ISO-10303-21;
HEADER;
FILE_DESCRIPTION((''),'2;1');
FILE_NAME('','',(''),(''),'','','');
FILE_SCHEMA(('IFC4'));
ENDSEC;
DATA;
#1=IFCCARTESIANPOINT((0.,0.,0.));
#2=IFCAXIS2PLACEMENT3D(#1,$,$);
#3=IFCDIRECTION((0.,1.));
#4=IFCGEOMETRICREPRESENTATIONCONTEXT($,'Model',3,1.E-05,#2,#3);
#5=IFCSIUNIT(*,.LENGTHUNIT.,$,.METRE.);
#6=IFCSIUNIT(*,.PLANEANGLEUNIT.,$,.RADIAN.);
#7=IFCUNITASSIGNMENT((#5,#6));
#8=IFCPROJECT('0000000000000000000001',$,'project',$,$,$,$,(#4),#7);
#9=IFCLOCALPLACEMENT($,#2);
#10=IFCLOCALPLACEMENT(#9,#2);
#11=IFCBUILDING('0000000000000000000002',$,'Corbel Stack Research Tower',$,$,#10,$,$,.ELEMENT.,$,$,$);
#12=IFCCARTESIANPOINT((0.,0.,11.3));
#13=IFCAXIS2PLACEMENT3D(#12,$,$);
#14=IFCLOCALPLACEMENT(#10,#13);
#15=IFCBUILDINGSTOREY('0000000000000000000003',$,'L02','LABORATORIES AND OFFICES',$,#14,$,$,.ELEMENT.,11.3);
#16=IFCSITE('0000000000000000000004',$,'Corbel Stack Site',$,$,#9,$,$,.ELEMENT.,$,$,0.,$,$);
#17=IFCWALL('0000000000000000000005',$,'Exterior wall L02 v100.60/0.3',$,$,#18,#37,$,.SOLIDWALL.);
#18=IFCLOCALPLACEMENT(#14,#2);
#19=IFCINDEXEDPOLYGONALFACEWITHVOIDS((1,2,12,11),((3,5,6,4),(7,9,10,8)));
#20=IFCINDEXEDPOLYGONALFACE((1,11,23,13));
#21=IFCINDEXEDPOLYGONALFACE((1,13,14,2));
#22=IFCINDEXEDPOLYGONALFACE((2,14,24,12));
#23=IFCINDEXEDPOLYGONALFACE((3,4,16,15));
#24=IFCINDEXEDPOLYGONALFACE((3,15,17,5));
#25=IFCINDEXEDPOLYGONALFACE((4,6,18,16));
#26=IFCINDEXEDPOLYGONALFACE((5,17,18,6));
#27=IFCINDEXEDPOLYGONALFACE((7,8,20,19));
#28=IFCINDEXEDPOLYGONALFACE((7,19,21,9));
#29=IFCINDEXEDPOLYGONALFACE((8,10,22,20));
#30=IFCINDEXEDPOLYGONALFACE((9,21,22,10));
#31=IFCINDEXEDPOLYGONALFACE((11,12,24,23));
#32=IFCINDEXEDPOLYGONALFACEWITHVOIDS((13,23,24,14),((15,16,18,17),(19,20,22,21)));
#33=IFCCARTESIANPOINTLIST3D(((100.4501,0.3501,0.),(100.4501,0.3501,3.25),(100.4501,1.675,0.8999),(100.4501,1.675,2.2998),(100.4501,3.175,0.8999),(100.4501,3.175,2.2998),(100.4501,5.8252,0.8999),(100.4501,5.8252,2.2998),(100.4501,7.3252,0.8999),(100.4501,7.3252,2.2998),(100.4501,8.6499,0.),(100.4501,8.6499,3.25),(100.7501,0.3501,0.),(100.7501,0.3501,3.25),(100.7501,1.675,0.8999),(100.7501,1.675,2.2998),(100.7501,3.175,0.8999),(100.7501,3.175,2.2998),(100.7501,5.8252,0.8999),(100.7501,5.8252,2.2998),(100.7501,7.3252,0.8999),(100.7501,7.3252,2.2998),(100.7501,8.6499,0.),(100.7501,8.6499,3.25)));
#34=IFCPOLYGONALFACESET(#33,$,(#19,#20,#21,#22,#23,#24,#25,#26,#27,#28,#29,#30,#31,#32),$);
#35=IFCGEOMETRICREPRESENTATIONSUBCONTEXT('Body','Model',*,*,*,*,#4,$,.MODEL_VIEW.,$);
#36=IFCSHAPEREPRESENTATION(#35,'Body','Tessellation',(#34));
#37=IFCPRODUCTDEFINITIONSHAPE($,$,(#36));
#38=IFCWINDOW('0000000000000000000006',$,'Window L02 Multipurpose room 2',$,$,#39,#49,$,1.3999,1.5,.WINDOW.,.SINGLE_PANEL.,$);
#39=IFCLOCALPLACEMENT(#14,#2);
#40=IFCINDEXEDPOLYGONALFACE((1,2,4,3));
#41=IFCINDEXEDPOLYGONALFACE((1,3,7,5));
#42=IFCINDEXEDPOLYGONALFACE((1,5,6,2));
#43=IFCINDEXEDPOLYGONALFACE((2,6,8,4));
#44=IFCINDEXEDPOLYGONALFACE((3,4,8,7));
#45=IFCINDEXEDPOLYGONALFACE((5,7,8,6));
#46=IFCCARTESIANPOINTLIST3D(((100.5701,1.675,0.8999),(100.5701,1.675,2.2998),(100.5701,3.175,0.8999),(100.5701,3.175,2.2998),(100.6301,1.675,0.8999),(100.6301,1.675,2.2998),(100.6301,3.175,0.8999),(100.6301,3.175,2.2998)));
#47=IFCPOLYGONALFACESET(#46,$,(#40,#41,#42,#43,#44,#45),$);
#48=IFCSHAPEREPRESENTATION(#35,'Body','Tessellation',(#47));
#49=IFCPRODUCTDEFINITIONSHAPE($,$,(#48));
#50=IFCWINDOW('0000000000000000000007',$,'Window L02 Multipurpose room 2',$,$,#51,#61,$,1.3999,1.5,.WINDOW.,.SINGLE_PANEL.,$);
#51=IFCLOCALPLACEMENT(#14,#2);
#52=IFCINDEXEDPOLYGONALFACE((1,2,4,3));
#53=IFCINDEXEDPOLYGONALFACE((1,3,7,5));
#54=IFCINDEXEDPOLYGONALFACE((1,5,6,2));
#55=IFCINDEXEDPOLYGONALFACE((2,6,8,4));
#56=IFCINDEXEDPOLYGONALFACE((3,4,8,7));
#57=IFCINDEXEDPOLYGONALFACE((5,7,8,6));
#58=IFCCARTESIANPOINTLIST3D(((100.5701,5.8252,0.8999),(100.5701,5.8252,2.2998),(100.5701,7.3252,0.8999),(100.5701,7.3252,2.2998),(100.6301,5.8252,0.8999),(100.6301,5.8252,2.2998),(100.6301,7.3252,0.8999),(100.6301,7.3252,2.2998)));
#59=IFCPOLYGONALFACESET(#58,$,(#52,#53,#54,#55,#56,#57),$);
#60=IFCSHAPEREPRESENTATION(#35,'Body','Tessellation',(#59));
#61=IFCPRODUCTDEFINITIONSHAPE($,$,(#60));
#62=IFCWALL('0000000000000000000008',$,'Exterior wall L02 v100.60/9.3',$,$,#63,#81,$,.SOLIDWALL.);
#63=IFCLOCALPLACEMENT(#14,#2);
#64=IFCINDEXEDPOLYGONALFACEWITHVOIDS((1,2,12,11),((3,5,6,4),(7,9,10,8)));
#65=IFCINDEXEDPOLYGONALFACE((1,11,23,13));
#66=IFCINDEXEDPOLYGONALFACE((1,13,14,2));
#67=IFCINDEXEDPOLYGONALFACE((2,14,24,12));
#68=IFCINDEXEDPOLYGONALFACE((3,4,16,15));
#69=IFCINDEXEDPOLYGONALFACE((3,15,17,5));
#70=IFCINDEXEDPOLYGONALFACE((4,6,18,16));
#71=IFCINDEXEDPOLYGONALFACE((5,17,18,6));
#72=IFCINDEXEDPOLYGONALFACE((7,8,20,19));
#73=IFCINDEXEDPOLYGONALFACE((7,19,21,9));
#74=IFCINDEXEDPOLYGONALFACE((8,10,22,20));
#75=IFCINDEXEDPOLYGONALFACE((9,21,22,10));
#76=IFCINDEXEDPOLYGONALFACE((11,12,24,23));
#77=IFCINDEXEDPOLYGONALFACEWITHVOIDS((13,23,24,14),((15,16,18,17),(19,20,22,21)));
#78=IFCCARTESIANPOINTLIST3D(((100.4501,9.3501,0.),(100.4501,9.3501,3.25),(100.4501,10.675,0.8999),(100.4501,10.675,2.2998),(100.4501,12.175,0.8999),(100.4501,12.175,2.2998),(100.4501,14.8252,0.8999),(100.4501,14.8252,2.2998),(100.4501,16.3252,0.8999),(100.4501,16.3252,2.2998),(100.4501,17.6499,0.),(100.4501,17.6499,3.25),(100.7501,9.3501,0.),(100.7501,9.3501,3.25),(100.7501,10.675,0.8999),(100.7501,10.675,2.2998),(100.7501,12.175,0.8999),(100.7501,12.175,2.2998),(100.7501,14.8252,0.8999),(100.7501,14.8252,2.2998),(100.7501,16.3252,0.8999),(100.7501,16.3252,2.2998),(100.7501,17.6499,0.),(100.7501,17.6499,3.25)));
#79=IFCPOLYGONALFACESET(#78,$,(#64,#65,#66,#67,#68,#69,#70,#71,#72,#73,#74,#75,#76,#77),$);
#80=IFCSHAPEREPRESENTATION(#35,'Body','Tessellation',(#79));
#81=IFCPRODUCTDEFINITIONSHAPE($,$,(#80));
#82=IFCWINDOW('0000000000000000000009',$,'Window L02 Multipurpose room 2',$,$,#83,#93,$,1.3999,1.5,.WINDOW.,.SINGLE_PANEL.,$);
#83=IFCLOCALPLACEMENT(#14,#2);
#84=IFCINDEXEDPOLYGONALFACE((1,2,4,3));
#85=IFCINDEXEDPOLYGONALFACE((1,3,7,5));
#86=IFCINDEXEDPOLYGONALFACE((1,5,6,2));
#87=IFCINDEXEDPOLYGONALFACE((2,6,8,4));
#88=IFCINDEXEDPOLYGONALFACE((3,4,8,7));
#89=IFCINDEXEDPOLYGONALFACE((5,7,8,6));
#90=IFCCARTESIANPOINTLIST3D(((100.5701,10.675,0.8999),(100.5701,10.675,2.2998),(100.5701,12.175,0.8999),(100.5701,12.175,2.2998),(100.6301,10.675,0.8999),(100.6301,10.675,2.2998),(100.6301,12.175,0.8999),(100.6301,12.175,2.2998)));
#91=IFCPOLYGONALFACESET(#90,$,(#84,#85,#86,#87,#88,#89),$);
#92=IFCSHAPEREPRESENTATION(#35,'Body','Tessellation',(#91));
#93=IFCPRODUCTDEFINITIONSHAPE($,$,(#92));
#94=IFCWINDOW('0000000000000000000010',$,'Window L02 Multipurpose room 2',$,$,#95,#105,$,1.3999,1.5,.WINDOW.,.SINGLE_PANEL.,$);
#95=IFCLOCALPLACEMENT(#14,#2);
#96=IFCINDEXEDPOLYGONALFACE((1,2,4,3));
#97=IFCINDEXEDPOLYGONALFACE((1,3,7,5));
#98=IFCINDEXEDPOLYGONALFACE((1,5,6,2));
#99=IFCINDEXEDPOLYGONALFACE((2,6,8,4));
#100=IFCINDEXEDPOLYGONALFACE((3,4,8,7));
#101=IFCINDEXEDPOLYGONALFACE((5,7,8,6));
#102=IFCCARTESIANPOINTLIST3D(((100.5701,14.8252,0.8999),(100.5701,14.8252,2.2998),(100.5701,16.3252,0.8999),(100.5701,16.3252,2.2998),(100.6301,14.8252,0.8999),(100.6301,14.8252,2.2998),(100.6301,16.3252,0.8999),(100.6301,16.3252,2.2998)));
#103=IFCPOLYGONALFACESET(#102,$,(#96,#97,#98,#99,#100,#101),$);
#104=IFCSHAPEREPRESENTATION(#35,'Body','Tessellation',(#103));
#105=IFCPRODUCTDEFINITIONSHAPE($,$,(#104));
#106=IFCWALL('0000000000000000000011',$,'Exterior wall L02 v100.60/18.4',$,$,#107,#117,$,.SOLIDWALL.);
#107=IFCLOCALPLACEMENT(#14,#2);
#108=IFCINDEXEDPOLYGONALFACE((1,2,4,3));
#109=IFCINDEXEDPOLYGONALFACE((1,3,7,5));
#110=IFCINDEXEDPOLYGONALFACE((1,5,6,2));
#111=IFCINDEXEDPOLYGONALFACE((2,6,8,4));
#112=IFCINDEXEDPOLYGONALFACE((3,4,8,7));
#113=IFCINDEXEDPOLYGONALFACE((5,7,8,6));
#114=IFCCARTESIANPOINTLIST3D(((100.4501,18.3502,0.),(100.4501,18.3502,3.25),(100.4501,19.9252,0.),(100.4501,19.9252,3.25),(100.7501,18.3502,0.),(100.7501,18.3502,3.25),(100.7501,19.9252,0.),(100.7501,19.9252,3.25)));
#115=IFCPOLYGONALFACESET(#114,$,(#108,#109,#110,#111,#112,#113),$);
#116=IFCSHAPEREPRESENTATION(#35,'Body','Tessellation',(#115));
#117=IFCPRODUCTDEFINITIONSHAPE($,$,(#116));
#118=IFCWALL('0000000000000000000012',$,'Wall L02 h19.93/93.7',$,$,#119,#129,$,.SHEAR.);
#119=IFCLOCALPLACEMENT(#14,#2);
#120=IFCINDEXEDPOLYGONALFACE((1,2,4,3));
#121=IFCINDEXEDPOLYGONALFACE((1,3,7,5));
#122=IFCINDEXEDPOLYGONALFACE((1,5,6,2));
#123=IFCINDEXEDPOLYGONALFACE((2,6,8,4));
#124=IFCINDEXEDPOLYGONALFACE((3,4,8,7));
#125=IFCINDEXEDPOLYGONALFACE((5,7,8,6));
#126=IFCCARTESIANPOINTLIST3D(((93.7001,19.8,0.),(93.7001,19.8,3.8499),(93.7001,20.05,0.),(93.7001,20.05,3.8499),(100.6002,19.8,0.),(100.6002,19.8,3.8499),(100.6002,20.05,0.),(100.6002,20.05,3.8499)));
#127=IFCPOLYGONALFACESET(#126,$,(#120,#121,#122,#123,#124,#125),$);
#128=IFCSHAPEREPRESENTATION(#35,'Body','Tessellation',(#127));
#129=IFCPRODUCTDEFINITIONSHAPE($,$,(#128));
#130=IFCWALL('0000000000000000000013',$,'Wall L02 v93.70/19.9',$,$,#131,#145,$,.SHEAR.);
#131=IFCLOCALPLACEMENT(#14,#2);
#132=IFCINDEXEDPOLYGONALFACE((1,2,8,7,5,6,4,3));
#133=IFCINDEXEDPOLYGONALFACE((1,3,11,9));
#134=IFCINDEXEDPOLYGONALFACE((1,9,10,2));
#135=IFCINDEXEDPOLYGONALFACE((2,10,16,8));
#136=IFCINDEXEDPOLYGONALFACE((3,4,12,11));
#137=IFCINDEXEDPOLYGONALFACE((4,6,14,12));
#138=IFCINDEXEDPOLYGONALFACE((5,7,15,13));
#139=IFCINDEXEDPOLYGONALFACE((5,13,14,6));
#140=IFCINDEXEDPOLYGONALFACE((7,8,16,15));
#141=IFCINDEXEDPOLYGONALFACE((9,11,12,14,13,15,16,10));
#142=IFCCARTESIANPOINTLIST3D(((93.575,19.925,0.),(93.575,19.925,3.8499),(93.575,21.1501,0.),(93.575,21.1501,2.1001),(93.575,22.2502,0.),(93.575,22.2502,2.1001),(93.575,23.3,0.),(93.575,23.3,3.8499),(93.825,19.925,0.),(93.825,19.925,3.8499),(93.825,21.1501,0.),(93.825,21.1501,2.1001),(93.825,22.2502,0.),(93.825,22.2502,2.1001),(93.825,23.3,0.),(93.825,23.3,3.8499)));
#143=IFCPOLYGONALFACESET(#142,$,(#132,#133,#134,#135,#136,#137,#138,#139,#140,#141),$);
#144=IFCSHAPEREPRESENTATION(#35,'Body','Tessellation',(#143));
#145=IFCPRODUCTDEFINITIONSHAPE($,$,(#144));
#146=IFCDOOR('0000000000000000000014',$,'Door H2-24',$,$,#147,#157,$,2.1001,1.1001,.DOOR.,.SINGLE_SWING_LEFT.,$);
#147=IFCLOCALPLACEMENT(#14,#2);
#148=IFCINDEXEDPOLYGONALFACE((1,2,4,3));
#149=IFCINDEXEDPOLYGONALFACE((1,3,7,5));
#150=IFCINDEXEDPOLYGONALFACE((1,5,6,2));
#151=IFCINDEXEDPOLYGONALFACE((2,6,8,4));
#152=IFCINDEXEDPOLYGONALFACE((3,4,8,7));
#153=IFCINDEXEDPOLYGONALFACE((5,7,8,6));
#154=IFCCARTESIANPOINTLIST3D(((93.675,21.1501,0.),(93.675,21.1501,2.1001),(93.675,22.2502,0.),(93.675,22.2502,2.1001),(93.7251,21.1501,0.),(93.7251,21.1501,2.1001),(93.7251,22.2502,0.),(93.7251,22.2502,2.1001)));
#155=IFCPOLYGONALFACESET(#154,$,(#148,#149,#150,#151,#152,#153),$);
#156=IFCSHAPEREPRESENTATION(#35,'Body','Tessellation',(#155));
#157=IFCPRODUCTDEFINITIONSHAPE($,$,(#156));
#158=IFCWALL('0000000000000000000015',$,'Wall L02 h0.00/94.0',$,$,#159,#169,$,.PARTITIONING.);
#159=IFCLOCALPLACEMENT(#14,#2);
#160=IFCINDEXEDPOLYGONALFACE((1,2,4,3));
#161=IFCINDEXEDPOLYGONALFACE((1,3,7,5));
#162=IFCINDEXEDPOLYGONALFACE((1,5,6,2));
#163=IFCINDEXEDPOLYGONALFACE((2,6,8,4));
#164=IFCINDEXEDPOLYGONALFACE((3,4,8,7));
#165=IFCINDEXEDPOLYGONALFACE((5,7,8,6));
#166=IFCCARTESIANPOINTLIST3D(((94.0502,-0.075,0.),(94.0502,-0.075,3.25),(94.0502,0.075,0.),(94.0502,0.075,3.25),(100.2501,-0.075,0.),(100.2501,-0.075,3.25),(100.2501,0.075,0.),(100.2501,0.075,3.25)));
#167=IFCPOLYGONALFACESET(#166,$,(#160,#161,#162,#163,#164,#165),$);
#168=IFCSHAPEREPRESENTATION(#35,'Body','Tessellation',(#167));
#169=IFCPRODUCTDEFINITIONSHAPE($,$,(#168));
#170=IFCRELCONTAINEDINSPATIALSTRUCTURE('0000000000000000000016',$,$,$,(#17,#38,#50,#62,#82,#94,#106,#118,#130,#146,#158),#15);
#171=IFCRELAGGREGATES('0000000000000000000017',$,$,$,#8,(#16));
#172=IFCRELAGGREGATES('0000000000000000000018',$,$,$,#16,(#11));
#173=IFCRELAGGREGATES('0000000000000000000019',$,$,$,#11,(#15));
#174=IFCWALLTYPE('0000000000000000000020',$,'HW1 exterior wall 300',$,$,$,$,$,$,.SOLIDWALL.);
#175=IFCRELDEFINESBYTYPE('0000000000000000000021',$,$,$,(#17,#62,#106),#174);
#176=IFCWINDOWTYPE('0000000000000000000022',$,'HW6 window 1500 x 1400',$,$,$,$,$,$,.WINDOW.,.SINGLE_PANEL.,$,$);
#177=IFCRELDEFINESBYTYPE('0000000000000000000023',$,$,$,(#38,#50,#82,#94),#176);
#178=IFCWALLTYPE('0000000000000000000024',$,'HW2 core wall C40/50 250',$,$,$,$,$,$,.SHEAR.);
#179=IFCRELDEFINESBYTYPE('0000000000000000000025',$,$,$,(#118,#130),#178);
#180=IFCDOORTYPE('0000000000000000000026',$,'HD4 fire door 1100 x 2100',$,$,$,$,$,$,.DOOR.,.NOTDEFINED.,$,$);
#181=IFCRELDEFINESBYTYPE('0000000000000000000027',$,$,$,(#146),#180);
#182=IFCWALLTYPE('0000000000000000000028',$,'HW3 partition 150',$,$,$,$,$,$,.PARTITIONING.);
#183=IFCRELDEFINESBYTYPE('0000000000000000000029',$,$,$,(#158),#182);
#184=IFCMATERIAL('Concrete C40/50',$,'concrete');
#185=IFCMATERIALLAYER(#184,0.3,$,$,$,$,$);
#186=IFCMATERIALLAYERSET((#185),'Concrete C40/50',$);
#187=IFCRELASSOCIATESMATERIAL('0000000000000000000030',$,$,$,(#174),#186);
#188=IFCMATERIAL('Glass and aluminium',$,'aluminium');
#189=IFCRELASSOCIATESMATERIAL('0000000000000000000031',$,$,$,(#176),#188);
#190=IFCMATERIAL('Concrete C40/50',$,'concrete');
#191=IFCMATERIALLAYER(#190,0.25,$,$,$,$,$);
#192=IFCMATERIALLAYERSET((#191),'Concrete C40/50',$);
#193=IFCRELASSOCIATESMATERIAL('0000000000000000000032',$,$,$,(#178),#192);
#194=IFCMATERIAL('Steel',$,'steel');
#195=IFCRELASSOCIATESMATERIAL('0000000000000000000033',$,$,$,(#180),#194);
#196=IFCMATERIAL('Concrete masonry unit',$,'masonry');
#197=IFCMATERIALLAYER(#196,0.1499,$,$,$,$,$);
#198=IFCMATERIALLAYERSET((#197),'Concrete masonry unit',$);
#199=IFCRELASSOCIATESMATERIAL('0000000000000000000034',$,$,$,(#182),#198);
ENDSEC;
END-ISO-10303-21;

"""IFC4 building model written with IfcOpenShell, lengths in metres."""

from ifc_helpers import new_model, si_unit, direction, frame, frame_2d, origin, place, context, subcontext, project, spatial, rectangle, extrude, material, layer, layer_set, type_object, element, fill, save


model = new_model("IFC4")

# Units and contexts
model_context = context("Model", 3, precision=1e-05, world=origin(), true_north=direction((0.0, 1.0)))
body_context = subcontext(model_context, "Body", "Model", "MODEL_VIEW")
ifc_project = project(units=[si_unit("LENGTHUNIT", "METRE"), si_unit("PLANEANGLEUNIT", "RADIAN")], contexts=[model_context])

# Site, building, storey
site_placement = place(None, origin())
site = spatial("IfcSite", under=ifc_project, at=site_placement, Name="Corbel Stack Site", CompositionType="ELEMENT", RefElevation=0.0)
building_placement = place(site_placement, origin())
building = spatial("IfcBuilding", under=site, at=building_placement, Name="Corbel Stack Research Tower", CompositionType="ELEMENT")
storey_placement = place(building_placement, frame((0.0, 0.0, 11.3)))
storey = spatial("IfcBuildingStorey", under=building, at=storey_placement, Name="L02", Description="LABORATORIES AND OFFICES", CompositionType="ELEMENT", Elevation=11.3)

# Walls, openings, windows
ifc_material_1 = material(Name="Concrete C40/50", Category="concrete")
ifc_layer_1 = layer(ifc_material_1, 0.3)
ifc_layer_set_1 = layer_set([ifc_layer_1], Name="Concrete C40/50")
wall_type_1 = type_object("IfcWallType", Name="HW1 exterior wall 300", PredefinedType="SOLIDWALL", material=ifc_layer_set_1)
wall_1_placement = place(storey_placement, frame((100.6001, 0.3501, 0.0), z_axis=(0.0, 0.0, 1.0), x_axis=(0.0, 1.0, 0.0)))
wall_1 = element("IfcWall", 1, at=wall_1_placement, inside=storey, type_object=wall_type_1, Name="Exterior wall L02 v100.60/0.3", PredefinedType="SOLIDWALL", context=body_context, shape_type="SweptSolid", body=[
    extrude(rectangle(XDim=8.2998, YDim=0.3, at=frame_2d((4.1499, 0.0))), origin(), (0.0, 0.0, 1.0), 3.25),
])
opening_1_placement = place(wall_1_placement, frame((1.325, 0.0, 0.8999)))
opening_1 = element("IfcOpeningElement", 2, at=opening_1_placement, cuts=wall_1, PredefinedType="OPENING", context=body_context, shape_type="SweptSolid", body=[
    extrude(rectangle(XDim=1.5, YDim=1.3999, at=frame_2d((0.75, 0.7))), frame((0.0, 0.1599, 0.0), z_axis=(0.0, -1.0, 0.0), x_axis=(1.0, 0.0, 0.0)), (0.0, 0.0, 1.0), 0.3201),
])
opening_2_placement = place(wall_1_placement, frame((5.4751, 0.0, 0.8999)))
opening_2 = element("IfcOpeningElement", 3, at=opening_2_placement, cuts=wall_1, PredefinedType="OPENING", context=body_context, shape_type="SweptSolid", body=[
    extrude(rectangle(XDim=1.5, YDim=1.3999, at=frame_2d((0.75, 0.7))), frame((0.0, 0.1599, 0.0), z_axis=(0.0, -1.0, 0.0), x_axis=(1.0, 0.0, 0.0)), (0.0, 0.0, 1.0), 0.3201),
])
ifc_material_2 = material(Name="Glass and aluminium", Category="aluminium")
window_type = type_object("IfcWindowType", Name="HW6 window 1500 x 1400", PartitioningType="SINGLE_PANEL", PredefinedType="WINDOW", material=ifc_material_2)
window_1_placement = place(opening_1_placement, origin())
window_1 = element("IfcWindow", 4, at=window_1_placement, inside=storey, type_object=window_type, Name="Window L02 Multipurpose room 2", OverallHeight=1.3999, OverallWidth=1.5, PartitioningType="SINGLE_PANEL", PredefinedType="WINDOW", context=body_context, shape_type="SweptSolid", body=[
    extrude(rectangle(XDim=1.5, YDim=1.3999, at=frame_2d((0.75, 0.7))), frame((0.0, 0.03, 0.0), z_axis=(0.0, -1.0, 0.0), x_axis=(1.0, 0.0, 0.0)), (0.0, 0.0, 1.0), 0.0601),
])
fill(opening_1, window_1)
window_2_placement = place(opening_2_placement, origin())
window_2 = element("IfcWindow", 5, at=window_2_placement, inside=storey, type_object=window_type, Name="Window L02 Multipurpose room 2", OverallHeight=1.3999, OverallWidth=1.5, PartitioningType="SINGLE_PANEL", PredefinedType="WINDOW", context=body_context, shape_type="SweptSolid", body=[
    extrude(rectangle(XDim=1.5, YDim=1.3999, at=frame_2d((0.75, 0.7))), frame((0.0, 0.03, 0.0), z_axis=(0.0, -1.0, 0.0), x_axis=(1.0, 0.0, 0.0)), (0.0, 0.0, 1.0), 0.0601),
])
fill(opening_2, window_2)
wall_2_placement = place(storey_placement, frame((100.6001, 9.3501, 0.0), z_axis=(0.0, 0.0, 1.0), x_axis=(0.0, 1.0, 0.0)))
wall_2 = element("IfcWall", 6, at=wall_2_placement, inside=storey, type_object=wall_type_1, Name="Exterior wall L02 v100.60/9.3", PredefinedType="SOLIDWALL", context=body_context, shape_type="SweptSolid", body=[
    extrude(rectangle(XDim=8.2998, YDim=0.3, at=frame_2d((4.1499, 0.0))), origin(), (0.0, 0.0, 1.0), 3.25),
])
opening_3_placement = place(wall_2_placement, frame((1.325, 0.0, 0.8999)))
opening_3 = element("IfcOpeningElement", 7, at=opening_3_placement, cuts=wall_2, PredefinedType="OPENING", context=body_context, shape_type="SweptSolid", body=[
    extrude(rectangle(XDim=1.5, YDim=1.3999, at=frame_2d((0.75, 0.7))), frame((0.0, 0.1599, 0.0), z_axis=(0.0, -1.0, 0.0), x_axis=(1.0, 0.0, 0.0)), (0.0, 0.0, 1.0), 0.3201),
])
opening_4_placement = place(wall_2_placement, frame((5.4751, 0.0, 0.8999)))
opening_4 = element("IfcOpeningElement", 8, at=opening_4_placement, cuts=wall_2, PredefinedType="OPENING", context=body_context, shape_type="SweptSolid", body=[
    extrude(rectangle(XDim=1.5, YDim=1.3999, at=frame_2d((0.75, 0.7))), frame((0.0, 0.1599, 0.0), z_axis=(0.0, -1.0, 0.0), x_axis=(1.0, 0.0, 0.0)), (0.0, 0.0, 1.0), 0.3201),
])
window_3_placement = place(opening_3_placement, origin())
window_3 = element("IfcWindow", 9, at=window_3_placement, inside=storey, type_object=window_type, Name="Window L02 Multipurpose room 2", OverallHeight=1.3999, OverallWidth=1.5, PartitioningType="SINGLE_PANEL", PredefinedType="WINDOW", context=body_context, shape_type="SweptSolid", body=[
    extrude(rectangle(XDim=1.5, YDim=1.3999, at=frame_2d((0.75, 0.7))), frame((0.0, 0.03, 0.0), z_axis=(0.0, -1.0, 0.0), x_axis=(1.0, 0.0, 0.0)), (0.0, 0.0, 1.0), 0.0601),
])
fill(opening_3, window_3)
window_4_placement = place(opening_4_placement, origin())
window_4 = element("IfcWindow", 10, at=window_4_placement, inside=storey, type_object=window_type, Name="Window L02 Multipurpose room 2", OverallHeight=1.3999, OverallWidth=1.5, PartitioningType="SINGLE_PANEL", PredefinedType="WINDOW", context=body_context, shape_type="SweptSolid", body=[
    extrude(rectangle(XDim=1.5, YDim=1.3999, at=frame_2d((0.75, 0.7))), frame((0.0, 0.03, 0.0), z_axis=(0.0, -1.0, 0.0), x_axis=(1.0, 0.0, 0.0)), (0.0, 0.0, 1.0), 0.0601),
])
fill(opening_4, window_4)

# Walls
wall_3_placement = place(storey_placement, frame((100.6001, 18.3501, 0.0), z_axis=(0.0, 0.0, 1.0), x_axis=(0.0, 1.0, 0.0)))
element("IfcWall", 11, at=wall_3_placement, inside=storey, type_object=wall_type_1, Name="Exterior wall L02 v100.60/18.4", PredefinedType="SOLIDWALL", context=body_context, shape_type="SweptSolid", body=[
    extrude(rectangle(XDim=1.575, YDim=0.3, at=frame_2d((0.7876, 0.0))), origin(), (0.0, 0.0, 1.0), 3.25),
])
ifc_material_3 = material(Name="Concrete C40/50", Category="concrete")
ifc_layer_2 = layer(ifc_material_3, 0.25)
ifc_layer_set_2 = layer_set([ifc_layer_2], Name="Concrete C40/50")
wall_type_2 = type_object("IfcWallType", Name="HW2 core wall C40/50 250", PredefinedType="SHEAR", material=ifc_layer_set_2)
wall_4_placement = place(storey_placement, frame((93.7, 19.925, 0.0), z_axis=(0.0, 0.0, 1.0), x_axis=(1.0, 0.0, 0.0)))
element("IfcWall", 12, at=wall_4_placement, inside=storey, type_object=wall_type_2, Name="Wall L02 h19.93/93.7", PredefinedType="SHEAR", context=body_context, shape_type="SweptSolid", body=[
    extrude(rectangle(XDim=6.9001, YDim=0.25, at=frame_2d((3.4502, 0.0))), origin(), (0.0, 0.0, 1.0), 3.8499),
])

# Wall, opening, door
wall_5_placement = place(storey_placement, frame((93.7, 19.925, 0.0), z_axis=(0.0, 0.0, 1.0), x_axis=(0.0, 1.0, 0.0)))
wall_5 = element("IfcWall", 13, at=wall_5_placement, inside=storey, type_object=wall_type_2, Name="Wall L02 v93.70/19.9", PredefinedType="SHEAR", context=body_context, shape_type="SweptSolid", body=[
    extrude(rectangle(XDim=3.375, YDim=0.25, at=frame_2d((1.6875, 0.0))), origin(), (0.0, 0.0, 1.0), 3.8499),
])
opening_5_placement = place(wall_5_placement, frame((1.2251, 0.0, 0.0)))
opening_5 = element("IfcOpeningElement", 14, at=opening_5_placement, cuts=wall_5, PredefinedType="OPENING", context=body_context, shape_type="SweptSolid", body=[
    extrude(rectangle(XDim=1.1001, YDim=2.1001, at=frame_2d((0.55, 1.05))), frame((0.0, 0.135, 0.0), z_axis=(0.0, -1.0, 0.0), x_axis=(1.0, 0.0, 0.0)), (0.0, 0.0, 1.0), 0.27),
])
ifc_material_4 = material(Name="Steel", Category="steel")
door_type_1 = type_object("IfcDoorType", Name="HD4 fire door 1100 x 2100", OperationType="NOTDEFINED", PredefinedType="DOOR", material=ifc_material_4)
door_1_placement = place(opening_5_placement, origin())
door_1 = element("IfcDoor", 15, at=door_1_placement, inside=storey, type_object=door_type_1, Name="Door H2-24", OperationType="SINGLE_SWING_LEFT", OverallHeight=2.1001, OverallWidth=1.1001, PredefinedType="DOOR", context=body_context, shape_type="SweptSolid", body=[
    extrude(rectangle(XDim=1.1001, YDim=2.1001, at=frame_2d((0.55, 1.05))), frame((0.0, 0.0249, 0.0), z_axis=(0.0, -1.0, 0.0), x_axis=(1.0, 0.0, 0.0)), (0.0, 0.0, 1.0), 0.05),
])
fill(opening_5, door_1)

# Wall
ifc_material_5 = material(Name="Concrete masonry unit", Category="masonry")
ifc_layer_3 = layer(ifc_material_5, 0.1499)
ifc_layer_set_3 = layer_set([ifc_layer_3], Name="Concrete masonry unit")
wall_type_3 = type_object("IfcWallType", Name="HW3 partition 150", PredefinedType="PARTITIONING", material=ifc_layer_set_3)
for number, where, z_axis, x_axis, name in (
    (16, (94.05, 0.0, 0.0), (0.0, 0.0, 1.0), (1.0, 0.0, 0.0), "Wall L02 h0.00/94.0"),
):
    element("IfcWall", number, at=place(storey_placement, frame(where, z_axis=z_axis, x_axis=x_axis)), inside=storey, type_object=wall_type_3, Name=name, PredefinedType="PARTITIONING", context=body_context, shape_type="SweptSolid", body=[
        extrude(rectangle(XDim=6.2, YDim=0.1499, at=frame_2d((3.1001, 0.0))), origin(), (0.0, 0.0, 1.0), 3.25),
    ])

save(model, "model.ifc")
